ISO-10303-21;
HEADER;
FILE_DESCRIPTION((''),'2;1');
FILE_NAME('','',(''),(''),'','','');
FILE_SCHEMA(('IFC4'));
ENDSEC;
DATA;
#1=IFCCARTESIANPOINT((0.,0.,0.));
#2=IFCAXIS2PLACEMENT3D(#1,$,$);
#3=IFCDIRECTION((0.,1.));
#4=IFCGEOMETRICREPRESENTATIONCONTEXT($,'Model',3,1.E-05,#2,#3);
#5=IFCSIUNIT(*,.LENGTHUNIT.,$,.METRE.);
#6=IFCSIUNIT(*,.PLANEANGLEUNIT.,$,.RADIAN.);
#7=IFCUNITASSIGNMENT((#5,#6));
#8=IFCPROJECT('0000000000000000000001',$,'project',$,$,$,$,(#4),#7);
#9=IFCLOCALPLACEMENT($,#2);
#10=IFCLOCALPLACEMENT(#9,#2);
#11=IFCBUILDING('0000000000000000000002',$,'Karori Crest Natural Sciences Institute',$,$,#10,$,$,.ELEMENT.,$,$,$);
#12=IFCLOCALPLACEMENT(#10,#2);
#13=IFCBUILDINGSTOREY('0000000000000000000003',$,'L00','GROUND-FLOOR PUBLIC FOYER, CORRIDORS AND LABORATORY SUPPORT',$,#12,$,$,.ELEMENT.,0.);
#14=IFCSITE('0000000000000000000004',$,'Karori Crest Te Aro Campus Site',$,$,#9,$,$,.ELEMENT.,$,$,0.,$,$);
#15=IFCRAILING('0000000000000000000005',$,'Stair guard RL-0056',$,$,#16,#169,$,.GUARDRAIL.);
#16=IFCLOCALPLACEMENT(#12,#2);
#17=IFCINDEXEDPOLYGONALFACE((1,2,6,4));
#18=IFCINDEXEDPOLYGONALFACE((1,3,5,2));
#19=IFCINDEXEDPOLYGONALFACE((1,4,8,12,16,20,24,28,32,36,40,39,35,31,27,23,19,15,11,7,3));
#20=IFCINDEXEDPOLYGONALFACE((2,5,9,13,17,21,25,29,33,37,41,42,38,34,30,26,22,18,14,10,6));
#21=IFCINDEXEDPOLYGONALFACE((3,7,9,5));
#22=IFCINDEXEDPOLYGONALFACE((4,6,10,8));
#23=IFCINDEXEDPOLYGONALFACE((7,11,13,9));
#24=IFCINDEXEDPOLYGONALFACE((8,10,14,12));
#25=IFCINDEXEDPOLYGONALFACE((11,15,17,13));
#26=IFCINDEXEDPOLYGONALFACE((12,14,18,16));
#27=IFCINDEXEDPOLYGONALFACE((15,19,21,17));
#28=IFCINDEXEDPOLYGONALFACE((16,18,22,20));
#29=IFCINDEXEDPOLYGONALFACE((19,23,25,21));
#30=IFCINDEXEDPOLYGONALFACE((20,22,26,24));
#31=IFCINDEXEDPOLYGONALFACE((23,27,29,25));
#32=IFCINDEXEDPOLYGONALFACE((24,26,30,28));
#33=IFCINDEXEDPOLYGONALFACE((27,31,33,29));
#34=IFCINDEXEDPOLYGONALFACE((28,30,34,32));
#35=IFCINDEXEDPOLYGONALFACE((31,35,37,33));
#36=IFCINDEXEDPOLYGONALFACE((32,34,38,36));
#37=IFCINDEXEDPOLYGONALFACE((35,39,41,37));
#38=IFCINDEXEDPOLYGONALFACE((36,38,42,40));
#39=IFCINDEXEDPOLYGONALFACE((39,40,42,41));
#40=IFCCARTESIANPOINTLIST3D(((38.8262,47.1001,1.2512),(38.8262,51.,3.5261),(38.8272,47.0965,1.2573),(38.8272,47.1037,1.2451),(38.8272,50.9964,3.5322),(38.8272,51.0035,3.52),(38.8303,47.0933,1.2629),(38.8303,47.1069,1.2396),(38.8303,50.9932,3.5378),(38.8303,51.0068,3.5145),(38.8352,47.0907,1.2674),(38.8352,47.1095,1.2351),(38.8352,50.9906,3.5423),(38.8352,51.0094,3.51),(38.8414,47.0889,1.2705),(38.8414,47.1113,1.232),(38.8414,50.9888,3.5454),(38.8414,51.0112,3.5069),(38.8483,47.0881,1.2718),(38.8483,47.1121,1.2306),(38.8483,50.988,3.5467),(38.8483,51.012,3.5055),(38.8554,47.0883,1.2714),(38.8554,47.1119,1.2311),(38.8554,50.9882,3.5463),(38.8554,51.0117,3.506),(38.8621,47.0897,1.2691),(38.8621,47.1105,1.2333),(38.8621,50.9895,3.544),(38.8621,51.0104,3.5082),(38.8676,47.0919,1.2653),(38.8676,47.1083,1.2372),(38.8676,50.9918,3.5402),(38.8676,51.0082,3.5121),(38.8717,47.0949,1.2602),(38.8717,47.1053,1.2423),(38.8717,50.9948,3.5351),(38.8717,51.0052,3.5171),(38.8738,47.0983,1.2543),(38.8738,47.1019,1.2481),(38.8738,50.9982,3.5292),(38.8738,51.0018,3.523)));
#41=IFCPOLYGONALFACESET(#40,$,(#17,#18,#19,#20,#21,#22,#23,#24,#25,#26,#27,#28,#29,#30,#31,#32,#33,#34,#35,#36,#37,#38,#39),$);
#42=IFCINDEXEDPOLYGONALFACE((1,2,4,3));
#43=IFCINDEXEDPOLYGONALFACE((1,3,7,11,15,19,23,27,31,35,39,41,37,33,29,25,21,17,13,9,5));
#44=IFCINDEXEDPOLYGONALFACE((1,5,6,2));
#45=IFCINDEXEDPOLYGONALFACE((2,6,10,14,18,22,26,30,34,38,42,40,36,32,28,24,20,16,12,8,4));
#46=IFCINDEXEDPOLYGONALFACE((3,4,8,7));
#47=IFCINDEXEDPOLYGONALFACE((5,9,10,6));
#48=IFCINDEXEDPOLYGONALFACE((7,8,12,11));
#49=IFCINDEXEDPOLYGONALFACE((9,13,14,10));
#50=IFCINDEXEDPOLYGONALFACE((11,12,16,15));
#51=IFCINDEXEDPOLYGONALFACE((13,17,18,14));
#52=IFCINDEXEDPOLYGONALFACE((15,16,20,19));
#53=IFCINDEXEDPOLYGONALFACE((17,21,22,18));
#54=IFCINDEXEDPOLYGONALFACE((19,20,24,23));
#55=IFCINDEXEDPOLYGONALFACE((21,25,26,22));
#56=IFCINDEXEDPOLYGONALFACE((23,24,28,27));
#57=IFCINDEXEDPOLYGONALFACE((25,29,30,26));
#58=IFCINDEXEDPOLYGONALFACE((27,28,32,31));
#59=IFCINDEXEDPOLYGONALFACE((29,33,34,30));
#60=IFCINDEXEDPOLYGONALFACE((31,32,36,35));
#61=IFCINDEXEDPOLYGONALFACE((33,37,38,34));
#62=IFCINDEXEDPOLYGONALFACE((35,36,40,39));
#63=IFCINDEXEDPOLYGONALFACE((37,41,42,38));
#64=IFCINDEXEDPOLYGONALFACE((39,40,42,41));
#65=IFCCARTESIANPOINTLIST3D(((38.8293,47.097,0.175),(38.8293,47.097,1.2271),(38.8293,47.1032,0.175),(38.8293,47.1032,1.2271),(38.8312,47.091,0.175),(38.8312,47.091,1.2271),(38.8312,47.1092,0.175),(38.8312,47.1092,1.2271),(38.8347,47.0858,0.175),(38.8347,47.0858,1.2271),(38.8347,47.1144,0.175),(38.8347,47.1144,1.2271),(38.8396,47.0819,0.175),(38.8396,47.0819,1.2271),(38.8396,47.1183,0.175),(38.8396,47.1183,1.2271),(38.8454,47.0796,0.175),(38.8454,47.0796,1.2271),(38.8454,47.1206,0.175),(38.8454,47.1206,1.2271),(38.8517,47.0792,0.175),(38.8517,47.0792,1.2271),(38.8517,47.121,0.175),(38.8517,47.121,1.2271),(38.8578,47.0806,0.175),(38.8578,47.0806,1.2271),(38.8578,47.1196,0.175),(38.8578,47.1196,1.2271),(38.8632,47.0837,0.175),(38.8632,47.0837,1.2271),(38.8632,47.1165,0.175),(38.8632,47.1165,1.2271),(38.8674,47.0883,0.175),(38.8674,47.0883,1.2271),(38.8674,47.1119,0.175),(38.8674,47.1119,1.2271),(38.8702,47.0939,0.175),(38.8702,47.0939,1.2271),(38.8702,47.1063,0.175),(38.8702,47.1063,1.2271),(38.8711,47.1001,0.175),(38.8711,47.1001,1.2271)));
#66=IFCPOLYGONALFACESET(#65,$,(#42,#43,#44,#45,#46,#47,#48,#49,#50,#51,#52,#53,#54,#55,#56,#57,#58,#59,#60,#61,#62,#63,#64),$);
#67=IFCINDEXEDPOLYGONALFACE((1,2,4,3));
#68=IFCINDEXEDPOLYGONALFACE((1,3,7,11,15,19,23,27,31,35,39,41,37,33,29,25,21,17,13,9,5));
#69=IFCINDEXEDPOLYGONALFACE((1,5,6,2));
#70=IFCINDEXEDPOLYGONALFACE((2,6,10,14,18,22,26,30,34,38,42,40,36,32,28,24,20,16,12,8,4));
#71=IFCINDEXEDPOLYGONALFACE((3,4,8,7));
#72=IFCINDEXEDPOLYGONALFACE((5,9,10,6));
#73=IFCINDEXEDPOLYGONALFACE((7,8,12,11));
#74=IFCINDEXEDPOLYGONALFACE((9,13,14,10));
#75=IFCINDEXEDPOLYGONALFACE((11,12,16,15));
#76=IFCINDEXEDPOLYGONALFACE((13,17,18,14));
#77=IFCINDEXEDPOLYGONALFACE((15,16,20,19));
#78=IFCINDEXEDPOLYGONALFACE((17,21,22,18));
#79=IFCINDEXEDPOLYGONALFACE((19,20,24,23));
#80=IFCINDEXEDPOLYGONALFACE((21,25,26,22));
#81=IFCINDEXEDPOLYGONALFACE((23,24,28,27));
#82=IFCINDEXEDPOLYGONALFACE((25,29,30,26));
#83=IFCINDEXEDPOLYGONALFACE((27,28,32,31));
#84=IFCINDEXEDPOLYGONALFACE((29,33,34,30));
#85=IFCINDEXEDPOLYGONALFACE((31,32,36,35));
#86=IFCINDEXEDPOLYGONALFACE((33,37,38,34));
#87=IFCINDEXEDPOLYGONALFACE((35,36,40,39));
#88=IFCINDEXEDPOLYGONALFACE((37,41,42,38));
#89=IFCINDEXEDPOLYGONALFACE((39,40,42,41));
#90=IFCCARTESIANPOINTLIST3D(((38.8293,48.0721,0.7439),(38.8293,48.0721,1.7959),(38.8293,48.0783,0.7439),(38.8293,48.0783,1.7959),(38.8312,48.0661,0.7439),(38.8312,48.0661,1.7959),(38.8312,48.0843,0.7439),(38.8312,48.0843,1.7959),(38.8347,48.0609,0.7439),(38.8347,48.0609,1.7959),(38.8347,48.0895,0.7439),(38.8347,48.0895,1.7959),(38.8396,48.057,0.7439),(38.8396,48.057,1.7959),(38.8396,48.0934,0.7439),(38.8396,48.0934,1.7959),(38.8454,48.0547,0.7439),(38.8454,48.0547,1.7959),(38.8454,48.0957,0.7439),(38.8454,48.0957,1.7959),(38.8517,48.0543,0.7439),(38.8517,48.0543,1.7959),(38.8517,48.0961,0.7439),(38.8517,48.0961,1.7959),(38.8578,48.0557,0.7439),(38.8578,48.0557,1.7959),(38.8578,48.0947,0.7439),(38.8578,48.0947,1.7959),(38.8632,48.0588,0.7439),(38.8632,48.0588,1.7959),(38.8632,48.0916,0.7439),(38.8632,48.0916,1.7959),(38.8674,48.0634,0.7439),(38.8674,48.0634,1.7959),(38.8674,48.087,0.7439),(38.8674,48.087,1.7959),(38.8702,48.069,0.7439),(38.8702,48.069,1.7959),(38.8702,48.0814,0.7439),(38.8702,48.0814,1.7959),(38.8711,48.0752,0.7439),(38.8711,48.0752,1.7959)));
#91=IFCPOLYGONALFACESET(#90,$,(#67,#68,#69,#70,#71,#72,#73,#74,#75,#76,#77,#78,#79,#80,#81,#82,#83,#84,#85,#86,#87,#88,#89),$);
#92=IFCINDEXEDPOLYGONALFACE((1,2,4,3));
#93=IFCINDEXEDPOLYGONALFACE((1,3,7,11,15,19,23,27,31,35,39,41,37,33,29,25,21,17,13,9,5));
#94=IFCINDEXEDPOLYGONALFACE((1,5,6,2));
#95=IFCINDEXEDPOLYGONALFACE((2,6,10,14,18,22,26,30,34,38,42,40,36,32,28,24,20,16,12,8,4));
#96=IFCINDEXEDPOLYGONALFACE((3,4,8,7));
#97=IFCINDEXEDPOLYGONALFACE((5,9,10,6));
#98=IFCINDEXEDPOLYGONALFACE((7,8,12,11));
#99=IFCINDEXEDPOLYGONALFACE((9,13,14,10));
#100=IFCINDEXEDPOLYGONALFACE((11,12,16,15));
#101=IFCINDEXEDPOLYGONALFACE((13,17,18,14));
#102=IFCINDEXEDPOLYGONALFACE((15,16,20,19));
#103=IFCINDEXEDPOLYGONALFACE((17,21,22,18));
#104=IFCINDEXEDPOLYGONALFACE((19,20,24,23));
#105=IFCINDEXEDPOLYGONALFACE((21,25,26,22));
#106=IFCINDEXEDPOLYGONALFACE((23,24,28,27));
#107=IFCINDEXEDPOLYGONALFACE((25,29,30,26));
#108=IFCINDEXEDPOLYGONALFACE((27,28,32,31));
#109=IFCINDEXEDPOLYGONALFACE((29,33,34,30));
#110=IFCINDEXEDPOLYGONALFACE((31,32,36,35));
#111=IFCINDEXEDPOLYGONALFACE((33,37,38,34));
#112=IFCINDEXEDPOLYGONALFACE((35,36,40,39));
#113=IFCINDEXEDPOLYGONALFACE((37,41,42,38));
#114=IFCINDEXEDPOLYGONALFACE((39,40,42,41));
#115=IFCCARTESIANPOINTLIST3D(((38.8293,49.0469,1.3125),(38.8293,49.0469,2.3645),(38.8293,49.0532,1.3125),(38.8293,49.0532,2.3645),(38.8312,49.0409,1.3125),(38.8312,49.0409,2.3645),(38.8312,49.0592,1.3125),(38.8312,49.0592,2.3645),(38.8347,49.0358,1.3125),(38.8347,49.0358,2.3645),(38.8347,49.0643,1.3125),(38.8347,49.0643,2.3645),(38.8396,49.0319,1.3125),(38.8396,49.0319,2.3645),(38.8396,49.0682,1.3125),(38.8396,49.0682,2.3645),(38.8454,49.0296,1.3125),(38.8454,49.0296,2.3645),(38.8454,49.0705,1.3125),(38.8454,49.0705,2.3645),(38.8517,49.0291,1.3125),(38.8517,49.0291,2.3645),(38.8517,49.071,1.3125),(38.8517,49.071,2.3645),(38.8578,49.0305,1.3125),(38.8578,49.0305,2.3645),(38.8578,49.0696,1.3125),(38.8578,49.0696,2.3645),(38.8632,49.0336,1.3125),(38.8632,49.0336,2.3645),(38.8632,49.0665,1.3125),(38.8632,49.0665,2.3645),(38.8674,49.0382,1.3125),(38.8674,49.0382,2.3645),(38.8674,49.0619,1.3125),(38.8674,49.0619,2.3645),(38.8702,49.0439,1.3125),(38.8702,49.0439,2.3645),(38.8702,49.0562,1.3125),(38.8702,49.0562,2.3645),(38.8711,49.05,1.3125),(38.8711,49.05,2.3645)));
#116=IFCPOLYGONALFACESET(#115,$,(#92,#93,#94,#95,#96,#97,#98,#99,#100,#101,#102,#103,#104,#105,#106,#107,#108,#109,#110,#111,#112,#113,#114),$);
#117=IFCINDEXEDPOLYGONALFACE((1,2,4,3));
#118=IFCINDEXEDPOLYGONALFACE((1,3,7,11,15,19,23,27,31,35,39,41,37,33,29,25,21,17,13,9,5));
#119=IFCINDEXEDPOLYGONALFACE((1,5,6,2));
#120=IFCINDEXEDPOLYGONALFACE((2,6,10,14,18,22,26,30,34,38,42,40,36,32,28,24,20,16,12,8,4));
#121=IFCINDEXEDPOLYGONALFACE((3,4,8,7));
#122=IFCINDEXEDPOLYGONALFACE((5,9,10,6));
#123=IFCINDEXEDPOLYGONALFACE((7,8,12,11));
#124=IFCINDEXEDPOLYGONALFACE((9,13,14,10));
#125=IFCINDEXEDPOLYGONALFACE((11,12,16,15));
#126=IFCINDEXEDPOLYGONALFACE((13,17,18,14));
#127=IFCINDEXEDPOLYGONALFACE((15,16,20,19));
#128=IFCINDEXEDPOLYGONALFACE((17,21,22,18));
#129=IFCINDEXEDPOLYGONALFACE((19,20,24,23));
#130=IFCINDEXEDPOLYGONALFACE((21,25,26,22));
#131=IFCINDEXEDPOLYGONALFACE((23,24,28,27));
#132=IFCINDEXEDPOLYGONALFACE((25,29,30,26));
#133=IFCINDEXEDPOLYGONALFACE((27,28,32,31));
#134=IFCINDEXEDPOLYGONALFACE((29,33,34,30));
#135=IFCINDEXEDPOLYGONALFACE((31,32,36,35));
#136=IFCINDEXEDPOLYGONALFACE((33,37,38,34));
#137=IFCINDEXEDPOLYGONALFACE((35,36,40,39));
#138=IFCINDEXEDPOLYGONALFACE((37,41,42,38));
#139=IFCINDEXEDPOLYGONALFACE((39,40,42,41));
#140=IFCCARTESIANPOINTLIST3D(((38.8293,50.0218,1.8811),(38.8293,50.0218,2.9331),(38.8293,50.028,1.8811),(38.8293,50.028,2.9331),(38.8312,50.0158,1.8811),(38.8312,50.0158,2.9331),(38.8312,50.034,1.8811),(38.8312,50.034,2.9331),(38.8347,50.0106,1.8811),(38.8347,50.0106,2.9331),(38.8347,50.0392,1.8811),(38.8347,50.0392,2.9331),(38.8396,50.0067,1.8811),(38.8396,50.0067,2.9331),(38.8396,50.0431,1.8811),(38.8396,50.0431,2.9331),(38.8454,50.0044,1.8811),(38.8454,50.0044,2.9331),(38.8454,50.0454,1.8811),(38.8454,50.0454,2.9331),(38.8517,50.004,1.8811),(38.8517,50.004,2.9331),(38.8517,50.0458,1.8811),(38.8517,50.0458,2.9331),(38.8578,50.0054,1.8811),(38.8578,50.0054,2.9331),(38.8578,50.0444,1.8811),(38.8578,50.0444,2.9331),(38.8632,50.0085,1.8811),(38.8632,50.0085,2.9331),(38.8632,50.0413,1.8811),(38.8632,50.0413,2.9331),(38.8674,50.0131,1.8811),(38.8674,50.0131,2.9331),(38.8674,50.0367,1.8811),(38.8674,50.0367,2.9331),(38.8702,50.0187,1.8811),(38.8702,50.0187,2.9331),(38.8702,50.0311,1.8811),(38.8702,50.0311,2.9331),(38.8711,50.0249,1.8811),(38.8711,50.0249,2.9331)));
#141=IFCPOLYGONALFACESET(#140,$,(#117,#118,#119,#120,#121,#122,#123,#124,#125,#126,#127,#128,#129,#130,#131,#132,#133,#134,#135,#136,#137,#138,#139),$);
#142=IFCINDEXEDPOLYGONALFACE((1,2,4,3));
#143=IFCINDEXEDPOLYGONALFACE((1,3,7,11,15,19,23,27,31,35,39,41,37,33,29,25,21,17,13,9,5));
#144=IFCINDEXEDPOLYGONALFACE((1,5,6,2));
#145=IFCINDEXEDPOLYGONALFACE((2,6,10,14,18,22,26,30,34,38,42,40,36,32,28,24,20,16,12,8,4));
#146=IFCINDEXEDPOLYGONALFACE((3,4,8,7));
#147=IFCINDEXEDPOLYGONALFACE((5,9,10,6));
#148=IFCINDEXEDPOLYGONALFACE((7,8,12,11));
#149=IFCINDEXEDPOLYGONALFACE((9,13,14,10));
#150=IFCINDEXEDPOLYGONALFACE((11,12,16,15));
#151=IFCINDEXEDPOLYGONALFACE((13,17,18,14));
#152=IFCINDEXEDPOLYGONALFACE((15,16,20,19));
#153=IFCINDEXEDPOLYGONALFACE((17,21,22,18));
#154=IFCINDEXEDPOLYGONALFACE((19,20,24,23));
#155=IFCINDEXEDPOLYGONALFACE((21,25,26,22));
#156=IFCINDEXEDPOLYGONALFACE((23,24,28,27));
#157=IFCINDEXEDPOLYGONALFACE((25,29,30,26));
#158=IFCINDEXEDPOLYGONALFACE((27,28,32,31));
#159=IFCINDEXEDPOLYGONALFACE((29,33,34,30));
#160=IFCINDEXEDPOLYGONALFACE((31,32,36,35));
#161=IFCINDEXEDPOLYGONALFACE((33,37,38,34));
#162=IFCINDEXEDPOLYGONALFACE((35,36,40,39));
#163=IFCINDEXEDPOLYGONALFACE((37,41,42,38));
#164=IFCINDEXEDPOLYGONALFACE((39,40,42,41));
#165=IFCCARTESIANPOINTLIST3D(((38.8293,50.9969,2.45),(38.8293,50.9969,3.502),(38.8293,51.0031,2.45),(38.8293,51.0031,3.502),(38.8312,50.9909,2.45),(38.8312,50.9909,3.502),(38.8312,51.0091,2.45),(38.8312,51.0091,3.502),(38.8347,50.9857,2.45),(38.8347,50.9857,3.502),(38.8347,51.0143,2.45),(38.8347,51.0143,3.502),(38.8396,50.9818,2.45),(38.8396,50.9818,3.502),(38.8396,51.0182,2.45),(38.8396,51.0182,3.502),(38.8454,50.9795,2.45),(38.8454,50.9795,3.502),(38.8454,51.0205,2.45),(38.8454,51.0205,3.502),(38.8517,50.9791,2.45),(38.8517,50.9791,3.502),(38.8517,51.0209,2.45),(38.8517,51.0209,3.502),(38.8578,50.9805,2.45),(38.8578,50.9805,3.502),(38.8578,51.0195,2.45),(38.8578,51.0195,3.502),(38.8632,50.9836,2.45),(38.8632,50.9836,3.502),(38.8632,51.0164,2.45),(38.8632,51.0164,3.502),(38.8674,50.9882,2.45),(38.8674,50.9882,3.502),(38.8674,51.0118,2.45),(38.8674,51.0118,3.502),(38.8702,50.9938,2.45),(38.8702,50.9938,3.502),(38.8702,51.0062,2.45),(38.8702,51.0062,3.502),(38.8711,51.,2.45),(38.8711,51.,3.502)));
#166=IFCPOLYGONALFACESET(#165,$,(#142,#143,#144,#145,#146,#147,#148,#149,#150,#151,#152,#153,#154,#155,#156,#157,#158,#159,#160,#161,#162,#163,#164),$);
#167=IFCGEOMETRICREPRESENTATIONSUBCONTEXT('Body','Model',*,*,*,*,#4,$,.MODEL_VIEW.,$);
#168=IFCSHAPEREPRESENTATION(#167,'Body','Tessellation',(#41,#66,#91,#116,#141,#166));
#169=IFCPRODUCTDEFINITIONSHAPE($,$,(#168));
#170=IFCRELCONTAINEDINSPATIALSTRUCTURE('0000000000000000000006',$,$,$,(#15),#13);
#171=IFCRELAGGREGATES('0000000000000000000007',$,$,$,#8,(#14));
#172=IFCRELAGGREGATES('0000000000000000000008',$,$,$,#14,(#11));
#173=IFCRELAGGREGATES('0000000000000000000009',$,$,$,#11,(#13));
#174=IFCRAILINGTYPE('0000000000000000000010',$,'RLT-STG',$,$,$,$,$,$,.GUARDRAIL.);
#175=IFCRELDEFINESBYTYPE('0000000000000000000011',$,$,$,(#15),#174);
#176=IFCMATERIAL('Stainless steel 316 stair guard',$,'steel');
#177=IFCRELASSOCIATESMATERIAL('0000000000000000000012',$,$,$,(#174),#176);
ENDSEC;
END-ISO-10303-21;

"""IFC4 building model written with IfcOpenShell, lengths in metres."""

from ifc_helpers import new_model, si_unit, direction, frame, origin, origin_2d, place, context, subcontext, project, spatial, circle, extrude, material, type_object, element, save


model = new_model("IFC4")

# Units and contexts
model_context = context("Model", 3, precision=1e-05, world=origin(), true_north=direction((0.0, 1.0)))
body_context = subcontext(model_context, "Body", "Model", "MODEL_VIEW")
ifc_project = project(units=[si_unit("LENGTHUNIT", "METRE"), si_unit("PLANEANGLEUNIT", "RADIAN")], contexts=[model_context])

# Site, building, storey
site_placement = place(None, origin())
site = spatial("IfcSite", under=ifc_project, at=site_placement, Name="Karori Crest Te Aro Campus Site", CompositionType="ELEMENT", RefElevation=0.0)
building_placement = place(site_placement, origin())
building = spatial("IfcBuilding", under=site, at=building_placement, Name="Karori Crest Natural Sciences Institute", CompositionType="ELEMENT")
storey_placement = place(building_placement, origin())
storey = spatial("IfcBuildingStorey", under=building, at=storey_placement, Name="L00", Description="GROUND-FLOOR PUBLIC FOYER, CORRIDORS AND LABORATORY SUPPORT", CompositionType="ELEMENT", Elevation=0.0)

# Railing
ifc_material_1 = material(Name="Stainless steel 316 stair guard", Category="steel")
railing_type_1 = type_object("IfcRailingType", Name="RLT-STG", PredefinedType="GUARDRAIL", material=ifc_material_1)
railing_1_placement = place(storey_placement, frame((38.8501, 47.1001, 0.175)))
element("IfcRailing", 1, at=railing_1_placement, inside=storey, type_object=railing_type_1, Name="Stair guard RL-0056", PredefinedType="GUARDRAIL", context=body_context, shape_type="SweptSolid", body=[
    extrude(circle(Radius=0.0239, at=origin_2d()), frame((0.0, 0.0, 1.0762), z_axis=(0.0, 0.863783, 0.503864), x_axis=(-1.0, 0.0, 0.0)), (0.0, 0.0, 1.0), 4.5149),
    extrude(circle(Radius=0.021, at=origin_2d()), origin(), (0.0, 0.0, 1.0), 1.052),
    extrude(circle(Radius=0.021, at=origin_2d()), frame((0.0, 0.9751, 0.5688)), (0.0, 0.0, 1.0), 1.052),
    extrude(circle(Radius=0.021, at=origin_2d()), frame((0.0, 1.95, 1.1375)), (0.0, 0.0, 1.0), 1.052),
    extrude(circle(Radius=0.021, at=origin_2d()), frame((0.0, 2.9248, 1.7061)), (0.0, 0.0, 1.0), 1.052),
    extrude(circle(Radius=0.021, at=origin_2d()), frame((0.0, 3.8999, 2.2749)), (0.0, 0.0, 1.0), 1.052),
])

save(model, "model.ifc")
